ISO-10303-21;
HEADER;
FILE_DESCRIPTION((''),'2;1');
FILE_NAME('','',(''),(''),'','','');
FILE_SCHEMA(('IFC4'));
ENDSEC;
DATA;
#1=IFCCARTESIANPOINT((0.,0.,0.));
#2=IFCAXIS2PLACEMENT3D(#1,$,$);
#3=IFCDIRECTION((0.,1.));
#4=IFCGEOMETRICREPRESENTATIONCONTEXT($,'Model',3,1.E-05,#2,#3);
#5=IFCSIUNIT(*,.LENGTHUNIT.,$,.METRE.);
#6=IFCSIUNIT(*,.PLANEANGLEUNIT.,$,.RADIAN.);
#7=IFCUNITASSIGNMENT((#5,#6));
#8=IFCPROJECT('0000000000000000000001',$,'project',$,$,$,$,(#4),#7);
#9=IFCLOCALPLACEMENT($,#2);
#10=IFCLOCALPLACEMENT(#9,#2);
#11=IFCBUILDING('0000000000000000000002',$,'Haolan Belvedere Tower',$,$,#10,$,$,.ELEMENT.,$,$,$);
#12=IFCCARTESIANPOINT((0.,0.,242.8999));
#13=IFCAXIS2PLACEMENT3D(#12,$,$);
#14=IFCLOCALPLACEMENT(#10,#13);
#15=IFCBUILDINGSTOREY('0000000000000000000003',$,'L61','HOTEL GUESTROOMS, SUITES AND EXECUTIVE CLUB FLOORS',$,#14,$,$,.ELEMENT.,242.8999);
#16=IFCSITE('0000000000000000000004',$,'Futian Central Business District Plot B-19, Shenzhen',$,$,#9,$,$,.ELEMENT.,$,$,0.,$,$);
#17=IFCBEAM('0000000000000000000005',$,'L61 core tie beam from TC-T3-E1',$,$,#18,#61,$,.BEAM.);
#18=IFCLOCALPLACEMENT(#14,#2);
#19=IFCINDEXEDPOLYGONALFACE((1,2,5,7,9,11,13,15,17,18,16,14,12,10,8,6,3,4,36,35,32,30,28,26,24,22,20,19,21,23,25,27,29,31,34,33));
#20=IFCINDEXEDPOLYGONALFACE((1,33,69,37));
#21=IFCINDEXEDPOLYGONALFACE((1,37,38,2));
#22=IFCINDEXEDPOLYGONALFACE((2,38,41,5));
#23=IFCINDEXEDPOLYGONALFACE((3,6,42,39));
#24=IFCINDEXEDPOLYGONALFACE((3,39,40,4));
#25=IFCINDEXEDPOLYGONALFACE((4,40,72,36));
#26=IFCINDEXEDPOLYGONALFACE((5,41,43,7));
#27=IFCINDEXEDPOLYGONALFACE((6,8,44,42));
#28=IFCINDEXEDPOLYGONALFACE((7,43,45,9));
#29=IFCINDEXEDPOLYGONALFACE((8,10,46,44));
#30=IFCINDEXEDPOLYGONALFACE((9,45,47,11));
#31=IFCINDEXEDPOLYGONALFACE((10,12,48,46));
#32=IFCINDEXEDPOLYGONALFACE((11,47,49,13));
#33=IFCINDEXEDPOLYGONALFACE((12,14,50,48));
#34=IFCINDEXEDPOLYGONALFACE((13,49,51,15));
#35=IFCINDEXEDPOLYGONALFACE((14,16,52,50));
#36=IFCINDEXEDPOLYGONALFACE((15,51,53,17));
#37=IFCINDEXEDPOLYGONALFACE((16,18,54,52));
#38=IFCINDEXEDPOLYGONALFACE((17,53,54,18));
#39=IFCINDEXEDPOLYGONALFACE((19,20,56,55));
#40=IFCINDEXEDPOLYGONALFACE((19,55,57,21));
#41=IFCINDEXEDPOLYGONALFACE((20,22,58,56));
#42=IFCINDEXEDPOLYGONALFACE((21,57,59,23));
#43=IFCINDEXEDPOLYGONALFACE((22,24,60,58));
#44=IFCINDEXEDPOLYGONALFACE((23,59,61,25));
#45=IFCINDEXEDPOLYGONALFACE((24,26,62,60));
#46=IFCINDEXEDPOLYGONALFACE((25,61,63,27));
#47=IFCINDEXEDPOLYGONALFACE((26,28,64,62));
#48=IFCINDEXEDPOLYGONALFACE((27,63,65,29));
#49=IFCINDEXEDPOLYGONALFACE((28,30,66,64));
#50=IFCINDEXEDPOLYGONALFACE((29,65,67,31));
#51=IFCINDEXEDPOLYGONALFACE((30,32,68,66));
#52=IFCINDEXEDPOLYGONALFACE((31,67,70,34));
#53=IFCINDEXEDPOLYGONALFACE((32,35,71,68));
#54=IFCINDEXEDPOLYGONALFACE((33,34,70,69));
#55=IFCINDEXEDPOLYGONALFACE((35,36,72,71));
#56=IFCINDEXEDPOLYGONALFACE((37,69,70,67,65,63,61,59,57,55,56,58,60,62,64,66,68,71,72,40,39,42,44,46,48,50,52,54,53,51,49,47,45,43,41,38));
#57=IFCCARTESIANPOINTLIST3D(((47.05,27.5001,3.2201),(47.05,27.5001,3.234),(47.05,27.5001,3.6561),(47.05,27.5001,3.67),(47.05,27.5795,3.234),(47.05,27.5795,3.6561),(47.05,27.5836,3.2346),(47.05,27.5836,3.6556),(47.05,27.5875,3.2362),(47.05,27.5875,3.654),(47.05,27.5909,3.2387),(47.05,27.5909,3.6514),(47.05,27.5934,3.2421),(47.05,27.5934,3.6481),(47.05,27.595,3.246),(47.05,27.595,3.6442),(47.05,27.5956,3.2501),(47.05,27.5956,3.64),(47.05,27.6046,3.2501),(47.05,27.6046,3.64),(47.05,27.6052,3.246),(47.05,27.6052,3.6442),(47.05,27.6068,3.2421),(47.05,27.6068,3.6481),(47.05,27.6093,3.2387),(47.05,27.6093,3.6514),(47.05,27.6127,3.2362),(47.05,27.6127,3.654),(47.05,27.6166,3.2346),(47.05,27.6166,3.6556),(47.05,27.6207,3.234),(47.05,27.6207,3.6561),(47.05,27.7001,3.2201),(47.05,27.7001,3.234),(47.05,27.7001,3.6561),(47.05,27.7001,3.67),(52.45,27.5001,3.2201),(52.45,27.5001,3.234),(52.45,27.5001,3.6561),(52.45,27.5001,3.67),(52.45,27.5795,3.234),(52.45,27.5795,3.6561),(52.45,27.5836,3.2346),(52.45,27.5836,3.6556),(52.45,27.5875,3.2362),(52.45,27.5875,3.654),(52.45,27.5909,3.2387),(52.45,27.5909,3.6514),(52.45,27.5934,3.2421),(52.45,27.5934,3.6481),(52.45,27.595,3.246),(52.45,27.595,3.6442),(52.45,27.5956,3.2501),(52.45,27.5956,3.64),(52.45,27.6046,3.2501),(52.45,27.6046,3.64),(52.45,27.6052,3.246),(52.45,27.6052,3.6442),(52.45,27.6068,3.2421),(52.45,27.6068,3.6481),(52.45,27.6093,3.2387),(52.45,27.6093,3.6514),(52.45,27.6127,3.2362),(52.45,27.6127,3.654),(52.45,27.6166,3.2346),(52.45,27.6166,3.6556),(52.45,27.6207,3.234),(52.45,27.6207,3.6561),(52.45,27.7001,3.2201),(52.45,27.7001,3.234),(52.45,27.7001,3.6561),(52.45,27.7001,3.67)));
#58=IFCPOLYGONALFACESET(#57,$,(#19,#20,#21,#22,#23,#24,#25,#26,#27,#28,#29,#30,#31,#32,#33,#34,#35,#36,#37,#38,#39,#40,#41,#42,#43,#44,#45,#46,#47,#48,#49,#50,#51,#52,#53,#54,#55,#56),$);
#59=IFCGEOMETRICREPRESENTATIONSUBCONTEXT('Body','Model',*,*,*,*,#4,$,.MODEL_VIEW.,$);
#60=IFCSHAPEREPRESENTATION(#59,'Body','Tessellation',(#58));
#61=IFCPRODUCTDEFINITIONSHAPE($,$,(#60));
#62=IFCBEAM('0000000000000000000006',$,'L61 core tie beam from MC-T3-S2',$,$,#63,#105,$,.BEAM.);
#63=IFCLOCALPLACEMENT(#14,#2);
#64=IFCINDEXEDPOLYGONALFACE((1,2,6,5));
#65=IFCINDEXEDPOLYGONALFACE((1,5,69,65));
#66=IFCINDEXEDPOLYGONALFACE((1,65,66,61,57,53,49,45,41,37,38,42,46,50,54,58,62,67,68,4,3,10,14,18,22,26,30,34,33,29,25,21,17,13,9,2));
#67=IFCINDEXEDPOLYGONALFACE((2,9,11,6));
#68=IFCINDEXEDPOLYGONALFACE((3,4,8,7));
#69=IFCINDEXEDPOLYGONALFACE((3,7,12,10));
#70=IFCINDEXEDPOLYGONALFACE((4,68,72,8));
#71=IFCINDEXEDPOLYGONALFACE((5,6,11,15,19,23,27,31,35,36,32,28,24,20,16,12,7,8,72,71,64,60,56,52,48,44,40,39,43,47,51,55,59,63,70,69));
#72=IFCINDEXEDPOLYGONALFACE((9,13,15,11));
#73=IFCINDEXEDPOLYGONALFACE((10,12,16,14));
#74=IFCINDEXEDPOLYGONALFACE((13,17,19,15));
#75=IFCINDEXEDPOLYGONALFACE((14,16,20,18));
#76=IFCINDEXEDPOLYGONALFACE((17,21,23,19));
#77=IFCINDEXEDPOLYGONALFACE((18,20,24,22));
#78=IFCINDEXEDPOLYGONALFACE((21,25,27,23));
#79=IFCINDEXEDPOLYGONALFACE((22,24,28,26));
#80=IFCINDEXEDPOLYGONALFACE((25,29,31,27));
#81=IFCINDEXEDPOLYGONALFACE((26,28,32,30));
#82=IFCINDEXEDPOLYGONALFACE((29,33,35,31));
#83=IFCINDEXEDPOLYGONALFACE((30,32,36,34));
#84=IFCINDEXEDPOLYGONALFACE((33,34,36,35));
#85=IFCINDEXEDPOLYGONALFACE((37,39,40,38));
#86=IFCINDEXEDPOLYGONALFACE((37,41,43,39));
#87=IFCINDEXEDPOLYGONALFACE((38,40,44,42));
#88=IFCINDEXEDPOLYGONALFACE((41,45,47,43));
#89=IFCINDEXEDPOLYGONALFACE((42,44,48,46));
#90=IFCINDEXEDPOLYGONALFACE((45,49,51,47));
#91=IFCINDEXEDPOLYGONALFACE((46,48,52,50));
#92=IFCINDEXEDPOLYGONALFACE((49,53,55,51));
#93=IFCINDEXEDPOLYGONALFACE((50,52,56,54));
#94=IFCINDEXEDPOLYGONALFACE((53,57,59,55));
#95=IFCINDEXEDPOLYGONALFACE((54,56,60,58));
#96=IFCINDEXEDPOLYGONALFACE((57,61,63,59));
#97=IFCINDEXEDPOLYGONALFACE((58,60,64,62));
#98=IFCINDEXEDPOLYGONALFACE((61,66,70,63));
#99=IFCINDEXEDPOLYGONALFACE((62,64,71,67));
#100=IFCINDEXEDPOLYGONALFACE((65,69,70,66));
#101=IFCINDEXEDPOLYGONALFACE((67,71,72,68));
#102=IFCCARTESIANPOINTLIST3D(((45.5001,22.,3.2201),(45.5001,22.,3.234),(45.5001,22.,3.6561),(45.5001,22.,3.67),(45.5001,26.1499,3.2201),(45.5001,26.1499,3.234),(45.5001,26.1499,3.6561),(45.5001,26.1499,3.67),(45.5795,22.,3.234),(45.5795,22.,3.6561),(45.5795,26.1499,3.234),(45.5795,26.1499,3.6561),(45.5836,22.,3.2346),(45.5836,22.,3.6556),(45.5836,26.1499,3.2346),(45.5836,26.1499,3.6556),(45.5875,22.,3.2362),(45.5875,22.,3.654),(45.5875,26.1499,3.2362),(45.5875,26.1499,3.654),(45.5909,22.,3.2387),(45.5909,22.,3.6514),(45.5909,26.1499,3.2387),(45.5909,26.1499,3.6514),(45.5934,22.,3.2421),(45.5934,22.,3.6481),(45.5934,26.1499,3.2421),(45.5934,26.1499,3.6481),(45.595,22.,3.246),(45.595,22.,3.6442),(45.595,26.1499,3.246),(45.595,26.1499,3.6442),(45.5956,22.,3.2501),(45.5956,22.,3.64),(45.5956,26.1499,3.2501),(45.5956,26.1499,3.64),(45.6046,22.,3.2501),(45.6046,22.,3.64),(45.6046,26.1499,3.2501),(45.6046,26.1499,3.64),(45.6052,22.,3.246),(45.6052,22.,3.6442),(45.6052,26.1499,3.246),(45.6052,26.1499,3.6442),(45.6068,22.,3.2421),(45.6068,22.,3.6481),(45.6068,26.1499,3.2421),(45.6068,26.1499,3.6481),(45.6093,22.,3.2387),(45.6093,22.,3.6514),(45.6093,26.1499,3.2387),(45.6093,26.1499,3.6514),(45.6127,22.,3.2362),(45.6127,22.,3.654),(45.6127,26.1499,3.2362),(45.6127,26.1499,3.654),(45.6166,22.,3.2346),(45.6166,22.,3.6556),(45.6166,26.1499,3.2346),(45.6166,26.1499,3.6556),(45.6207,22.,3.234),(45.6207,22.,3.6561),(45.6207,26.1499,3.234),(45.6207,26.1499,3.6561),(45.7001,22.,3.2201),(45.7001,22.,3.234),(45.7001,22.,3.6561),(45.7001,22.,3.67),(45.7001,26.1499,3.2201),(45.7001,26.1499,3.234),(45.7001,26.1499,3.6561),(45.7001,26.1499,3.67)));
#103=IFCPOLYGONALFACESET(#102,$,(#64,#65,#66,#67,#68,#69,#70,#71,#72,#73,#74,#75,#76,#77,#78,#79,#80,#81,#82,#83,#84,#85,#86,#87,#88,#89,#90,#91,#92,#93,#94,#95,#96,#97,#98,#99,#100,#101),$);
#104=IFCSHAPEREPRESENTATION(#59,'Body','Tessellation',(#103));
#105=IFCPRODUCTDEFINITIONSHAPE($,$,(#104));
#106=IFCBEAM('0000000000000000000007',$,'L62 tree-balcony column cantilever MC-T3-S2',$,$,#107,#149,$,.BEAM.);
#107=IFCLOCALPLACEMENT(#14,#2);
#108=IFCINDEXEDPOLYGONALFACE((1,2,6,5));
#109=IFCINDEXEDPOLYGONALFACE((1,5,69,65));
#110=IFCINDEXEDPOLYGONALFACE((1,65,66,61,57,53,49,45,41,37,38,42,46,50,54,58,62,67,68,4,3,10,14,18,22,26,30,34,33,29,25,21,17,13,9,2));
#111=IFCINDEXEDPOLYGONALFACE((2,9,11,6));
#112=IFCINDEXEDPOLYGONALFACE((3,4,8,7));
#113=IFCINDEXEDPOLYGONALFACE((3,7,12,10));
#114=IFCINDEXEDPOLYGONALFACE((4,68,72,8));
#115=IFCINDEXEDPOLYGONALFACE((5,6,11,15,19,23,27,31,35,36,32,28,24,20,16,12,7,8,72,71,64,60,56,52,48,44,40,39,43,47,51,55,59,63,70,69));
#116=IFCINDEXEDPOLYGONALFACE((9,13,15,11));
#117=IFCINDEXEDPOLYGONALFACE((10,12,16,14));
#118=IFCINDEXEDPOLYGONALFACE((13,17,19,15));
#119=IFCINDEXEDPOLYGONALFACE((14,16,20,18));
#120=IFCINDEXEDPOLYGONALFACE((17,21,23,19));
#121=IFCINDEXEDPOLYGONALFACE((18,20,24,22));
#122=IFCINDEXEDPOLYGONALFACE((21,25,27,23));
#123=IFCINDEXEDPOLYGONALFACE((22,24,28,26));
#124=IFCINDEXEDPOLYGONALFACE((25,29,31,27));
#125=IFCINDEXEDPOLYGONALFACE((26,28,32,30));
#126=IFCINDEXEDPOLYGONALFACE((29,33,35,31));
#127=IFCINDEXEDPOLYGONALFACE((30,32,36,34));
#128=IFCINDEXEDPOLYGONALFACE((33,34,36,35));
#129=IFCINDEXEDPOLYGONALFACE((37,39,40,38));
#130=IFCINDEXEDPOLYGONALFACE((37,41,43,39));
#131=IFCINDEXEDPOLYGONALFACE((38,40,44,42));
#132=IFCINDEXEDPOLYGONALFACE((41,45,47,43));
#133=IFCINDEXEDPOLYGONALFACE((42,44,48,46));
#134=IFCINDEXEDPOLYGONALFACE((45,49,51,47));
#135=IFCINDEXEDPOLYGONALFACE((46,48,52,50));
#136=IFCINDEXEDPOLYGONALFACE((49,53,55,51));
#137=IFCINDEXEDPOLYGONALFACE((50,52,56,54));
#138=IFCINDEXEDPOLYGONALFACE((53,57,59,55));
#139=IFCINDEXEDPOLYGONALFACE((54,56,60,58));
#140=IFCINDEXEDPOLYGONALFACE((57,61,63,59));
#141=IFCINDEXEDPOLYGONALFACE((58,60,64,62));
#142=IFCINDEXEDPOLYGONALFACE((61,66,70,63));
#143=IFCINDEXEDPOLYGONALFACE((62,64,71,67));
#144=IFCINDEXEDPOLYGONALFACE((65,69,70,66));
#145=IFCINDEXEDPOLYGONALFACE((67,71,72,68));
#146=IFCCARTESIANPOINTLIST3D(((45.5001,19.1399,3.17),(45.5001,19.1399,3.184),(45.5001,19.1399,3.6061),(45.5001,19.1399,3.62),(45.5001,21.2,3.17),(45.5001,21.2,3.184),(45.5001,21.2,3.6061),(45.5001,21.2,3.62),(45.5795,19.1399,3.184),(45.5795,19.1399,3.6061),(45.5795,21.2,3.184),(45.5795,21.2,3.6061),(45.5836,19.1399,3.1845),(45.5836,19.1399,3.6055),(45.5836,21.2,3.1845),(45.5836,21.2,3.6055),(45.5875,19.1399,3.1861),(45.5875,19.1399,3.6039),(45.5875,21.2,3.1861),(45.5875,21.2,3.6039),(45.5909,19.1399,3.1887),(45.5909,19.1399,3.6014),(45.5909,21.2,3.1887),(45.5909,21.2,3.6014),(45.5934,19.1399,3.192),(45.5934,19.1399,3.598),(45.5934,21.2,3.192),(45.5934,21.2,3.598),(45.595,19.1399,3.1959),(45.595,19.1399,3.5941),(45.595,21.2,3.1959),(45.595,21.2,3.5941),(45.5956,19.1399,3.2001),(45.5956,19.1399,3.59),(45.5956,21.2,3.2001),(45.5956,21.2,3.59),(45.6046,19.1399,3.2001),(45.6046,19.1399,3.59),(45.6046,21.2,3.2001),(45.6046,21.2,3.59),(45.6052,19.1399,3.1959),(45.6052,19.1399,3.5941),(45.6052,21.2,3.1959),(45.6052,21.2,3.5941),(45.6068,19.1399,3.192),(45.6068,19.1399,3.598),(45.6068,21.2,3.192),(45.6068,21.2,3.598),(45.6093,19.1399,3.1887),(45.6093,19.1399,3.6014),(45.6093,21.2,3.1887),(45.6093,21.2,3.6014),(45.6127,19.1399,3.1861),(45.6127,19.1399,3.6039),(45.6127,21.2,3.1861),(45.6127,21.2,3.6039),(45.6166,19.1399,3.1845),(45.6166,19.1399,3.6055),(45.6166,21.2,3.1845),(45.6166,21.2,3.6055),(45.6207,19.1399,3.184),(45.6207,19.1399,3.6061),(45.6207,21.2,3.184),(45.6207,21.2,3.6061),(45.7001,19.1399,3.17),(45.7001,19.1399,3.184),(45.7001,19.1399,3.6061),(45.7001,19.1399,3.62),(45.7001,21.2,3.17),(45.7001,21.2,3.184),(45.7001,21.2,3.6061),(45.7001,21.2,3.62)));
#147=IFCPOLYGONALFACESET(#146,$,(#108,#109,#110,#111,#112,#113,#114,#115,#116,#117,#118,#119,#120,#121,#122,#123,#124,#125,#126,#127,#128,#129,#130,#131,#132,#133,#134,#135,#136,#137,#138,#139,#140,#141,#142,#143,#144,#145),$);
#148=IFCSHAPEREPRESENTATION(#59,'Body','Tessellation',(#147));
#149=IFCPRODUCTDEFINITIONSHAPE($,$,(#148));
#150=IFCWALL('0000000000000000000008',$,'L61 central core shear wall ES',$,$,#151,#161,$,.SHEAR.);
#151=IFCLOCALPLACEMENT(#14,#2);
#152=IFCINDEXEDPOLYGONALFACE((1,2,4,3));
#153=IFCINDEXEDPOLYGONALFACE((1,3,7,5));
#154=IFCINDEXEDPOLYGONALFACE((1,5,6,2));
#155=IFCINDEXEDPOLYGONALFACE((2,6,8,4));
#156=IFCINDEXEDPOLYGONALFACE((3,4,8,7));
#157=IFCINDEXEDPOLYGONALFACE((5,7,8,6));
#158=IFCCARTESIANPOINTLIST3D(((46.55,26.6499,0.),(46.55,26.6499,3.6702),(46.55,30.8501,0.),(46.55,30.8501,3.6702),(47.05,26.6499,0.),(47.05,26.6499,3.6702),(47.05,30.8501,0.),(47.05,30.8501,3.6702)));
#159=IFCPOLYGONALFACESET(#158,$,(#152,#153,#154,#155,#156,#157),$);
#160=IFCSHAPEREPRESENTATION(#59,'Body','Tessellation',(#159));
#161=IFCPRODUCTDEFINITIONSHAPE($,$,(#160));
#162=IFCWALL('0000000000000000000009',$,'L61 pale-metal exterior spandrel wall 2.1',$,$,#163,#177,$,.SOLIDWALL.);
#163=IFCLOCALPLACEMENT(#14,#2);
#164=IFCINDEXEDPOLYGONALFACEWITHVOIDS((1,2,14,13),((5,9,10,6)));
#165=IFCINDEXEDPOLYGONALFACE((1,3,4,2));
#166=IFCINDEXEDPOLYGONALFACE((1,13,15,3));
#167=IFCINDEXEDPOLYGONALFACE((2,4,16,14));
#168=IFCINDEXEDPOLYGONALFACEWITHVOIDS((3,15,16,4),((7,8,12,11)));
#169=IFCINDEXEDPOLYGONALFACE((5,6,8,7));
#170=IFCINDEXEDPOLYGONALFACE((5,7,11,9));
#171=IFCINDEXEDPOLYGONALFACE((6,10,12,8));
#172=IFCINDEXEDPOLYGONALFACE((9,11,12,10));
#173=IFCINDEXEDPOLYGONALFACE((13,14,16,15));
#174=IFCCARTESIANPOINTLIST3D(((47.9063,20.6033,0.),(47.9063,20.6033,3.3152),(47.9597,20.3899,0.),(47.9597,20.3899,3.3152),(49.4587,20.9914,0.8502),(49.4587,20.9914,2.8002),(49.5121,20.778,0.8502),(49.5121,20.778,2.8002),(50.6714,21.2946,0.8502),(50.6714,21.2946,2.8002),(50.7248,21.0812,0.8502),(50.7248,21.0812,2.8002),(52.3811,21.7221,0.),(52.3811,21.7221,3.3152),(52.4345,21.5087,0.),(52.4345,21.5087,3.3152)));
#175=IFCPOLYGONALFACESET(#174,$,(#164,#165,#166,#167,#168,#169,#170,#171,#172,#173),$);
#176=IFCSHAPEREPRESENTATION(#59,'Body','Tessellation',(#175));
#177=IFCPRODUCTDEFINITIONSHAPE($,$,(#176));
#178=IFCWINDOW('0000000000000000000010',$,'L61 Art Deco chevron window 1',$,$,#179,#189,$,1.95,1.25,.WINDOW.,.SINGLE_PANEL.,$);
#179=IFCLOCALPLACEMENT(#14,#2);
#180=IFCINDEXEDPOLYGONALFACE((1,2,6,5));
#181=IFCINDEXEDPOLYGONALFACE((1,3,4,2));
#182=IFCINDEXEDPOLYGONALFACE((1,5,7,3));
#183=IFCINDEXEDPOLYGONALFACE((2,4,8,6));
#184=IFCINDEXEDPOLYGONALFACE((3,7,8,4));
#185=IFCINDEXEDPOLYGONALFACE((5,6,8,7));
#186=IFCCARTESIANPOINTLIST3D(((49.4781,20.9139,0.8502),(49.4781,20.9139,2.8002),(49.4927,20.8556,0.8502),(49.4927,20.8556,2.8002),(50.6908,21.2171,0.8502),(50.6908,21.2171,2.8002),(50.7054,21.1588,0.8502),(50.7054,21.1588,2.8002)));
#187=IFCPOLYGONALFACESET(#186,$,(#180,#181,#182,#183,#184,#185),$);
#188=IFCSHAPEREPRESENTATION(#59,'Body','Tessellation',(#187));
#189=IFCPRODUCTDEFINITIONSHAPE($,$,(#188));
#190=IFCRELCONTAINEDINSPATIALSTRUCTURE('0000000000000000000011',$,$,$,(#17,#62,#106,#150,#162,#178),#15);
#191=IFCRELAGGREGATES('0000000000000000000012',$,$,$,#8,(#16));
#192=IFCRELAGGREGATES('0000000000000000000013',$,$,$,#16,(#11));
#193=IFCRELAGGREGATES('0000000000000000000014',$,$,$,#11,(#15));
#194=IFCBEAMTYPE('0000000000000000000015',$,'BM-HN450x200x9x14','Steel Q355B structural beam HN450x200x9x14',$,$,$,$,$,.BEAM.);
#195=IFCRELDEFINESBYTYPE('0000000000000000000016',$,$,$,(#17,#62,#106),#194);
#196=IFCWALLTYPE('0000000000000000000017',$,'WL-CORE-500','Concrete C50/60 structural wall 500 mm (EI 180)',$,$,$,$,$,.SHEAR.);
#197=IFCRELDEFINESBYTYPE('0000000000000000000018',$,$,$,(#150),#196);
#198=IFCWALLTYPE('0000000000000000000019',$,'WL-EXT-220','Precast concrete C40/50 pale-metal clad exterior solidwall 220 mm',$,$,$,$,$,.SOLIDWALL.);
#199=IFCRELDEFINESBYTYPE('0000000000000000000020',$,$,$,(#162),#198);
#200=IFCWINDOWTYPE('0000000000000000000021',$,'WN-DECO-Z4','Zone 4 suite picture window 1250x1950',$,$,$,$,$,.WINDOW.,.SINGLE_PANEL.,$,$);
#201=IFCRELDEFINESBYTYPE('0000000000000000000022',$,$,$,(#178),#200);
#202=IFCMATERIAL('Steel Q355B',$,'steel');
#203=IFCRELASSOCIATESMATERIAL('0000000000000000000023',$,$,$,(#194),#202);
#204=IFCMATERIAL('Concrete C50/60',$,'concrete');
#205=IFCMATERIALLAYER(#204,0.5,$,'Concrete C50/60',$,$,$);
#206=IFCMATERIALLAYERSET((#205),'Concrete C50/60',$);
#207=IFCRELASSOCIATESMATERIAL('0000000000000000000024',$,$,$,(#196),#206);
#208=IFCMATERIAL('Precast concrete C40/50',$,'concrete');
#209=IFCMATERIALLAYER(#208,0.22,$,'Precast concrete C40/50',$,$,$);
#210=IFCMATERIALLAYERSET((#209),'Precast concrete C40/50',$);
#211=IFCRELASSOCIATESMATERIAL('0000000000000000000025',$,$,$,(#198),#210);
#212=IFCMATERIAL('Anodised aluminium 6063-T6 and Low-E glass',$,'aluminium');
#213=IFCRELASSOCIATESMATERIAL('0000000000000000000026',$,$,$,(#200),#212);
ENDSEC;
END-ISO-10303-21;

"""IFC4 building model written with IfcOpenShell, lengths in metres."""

from ifc_helpers import new_model, si_unit, direction, frame, frame_2d, origin, origin_2d, place, context, subcontext, project, spatial, rectangle, i_section, extrude, material, layer, layer_set, material_profile, profile_set, type_object, element, fill, save


model = new_model("IFC4")

# Units and contexts
model_context = context("Model", 3, precision=1e-05, world=origin(), true_north=direction((0.0, 1.0)))
body_context = subcontext(model_context, "Body", "Model", "MODEL_VIEW")
ifc_project = project(units=[si_unit("LENGTHUNIT", "METRE"), si_unit("PLANEANGLEUNIT", "RADIAN")], contexts=[model_context])

# Site, building, storey
site_placement = place(None, origin())
site = spatial("IfcSite", under=ifc_project, at=site_placement, Name="Futian Central Business District Plot B-19, Shenzhen", CompositionType="ELEMENT", RefElevation=0.0)
building_placement = place(site_placement, origin())
building = spatial("IfcBuilding", under=site, at=building_placement, Name="Haolan Belvedere Tower", CompositionType="ELEMENT")
storey_placement = place(building_placement, frame((0.0, 0.0, 242.8999)))
storey = spatial("IfcBuildingStorey", under=building, at=storey_placement, Name="L61", Description="HOTEL GUESTROOMS, SUITES AND EXECUTIVE CLUB FLOORS", CompositionType="ELEMENT", Elevation=242.8999)

# Beams
ifc_material_1 = material(Name="Steel Q355B", Category="steel")
ifc_material_profile_1 = material_profile(ifc_material_1, i_section(OverallWidth=0.2, OverallDepth=0.45, WebThickness=0.009, FlangeThickness=0.0139, FilletRadius=0.0161, at=origin_2d()), Name="Steel Q355B")
ifc_profile_set_1 = profile_set([ifc_material_profile_1], Name="Steel Q355B")
beam_type_1 = type_object("IfcBeamType", Name="BM-HN450x200x9x14", Description="Steel Q355B structural beam HN450x200x9x14", PredefinedType="BEAM", material=ifc_profile_set_1)
beam_1_placement = place(storey_placement, frame((52.45, 27.6001, 3.4451), z_axis=(-1.0, 0.0, 0.0), x_axis=(0.0, -1.0, 0.0)))
element("IfcBeam", 1, at=beam_1_placement, inside=storey, type_object=beam_type_1, Name="L61 core tie beam from TC-T3-E1", PredefinedType="BEAM", context=body_context, shape_type="SweptSolid", body=[
    extrude(i_section(OverallWidth=0.2, OverallDepth=0.45, WebThickness=0.009, FlangeThickness=0.0139, FilletRadius=0.0161, at=origin_2d()), origin(), (0.0, 0.0, 1.0), 5.3999),
])
beam_2_placement = place(storey_placement, frame((45.6001, 22.0, 3.4451), z_axis=(0.0, 1.0, 0.0), x_axis=(-1.0, 0.0, 0.0)))
element("IfcBeam", 2, at=beam_2_placement, inside=storey, type_object=beam_type_1, Name="L61 core tie beam from MC-T3-S2", PredefinedType="BEAM", context=body_context, shape_type="SweptSolid", body=[
    extrude(i_section(OverallWidth=0.2, OverallDepth=0.45, WebThickness=0.009, FlangeThickness=0.0139, FilletRadius=0.0161, at=origin_2d()), origin(), (0.0, 0.0, 1.0), 4.1499),
])
beam_3_placement = place(storey_placement, frame((45.6001, 21.2, 3.395), z_axis=(0.0, -1.0, 0.0), x_axis=(1.0, 0.0, 0.0)))
element("IfcBeam", 3, at=beam_3_placement, inside=storey, type_object=beam_type_1, Name="L62 tree-balcony column cantilever MC-T3-S2", PredefinedType="BEAM", context=body_context, shape_type="SweptSolid", body=[
    extrude(i_section(OverallWidth=0.2, OverallDepth=0.45, WebThickness=0.009, FlangeThickness=0.0139, FilletRadius=0.0161, at=origin_2d()), origin(), (0.0, 0.0, 1.0), 2.0601),
])

# Wall
ifc_material_2 = material(Name="Concrete C50/60", Category="concrete")
ifc_layer_1 = layer(ifc_material_2, 0.5, Name="Concrete C50/60")
ifc_layer_set_1 = layer_set([ifc_layer_1], Name="Concrete C50/60")
wall_type_1 = type_object("IfcWallType", Name="WL-CORE-500", Description="Concrete C50/60 structural wall 500 mm (EI 180)", PredefinedType="SHEAR", material=ifc_layer_set_1)
wall_1_placement = place(storey_placement, frame((46.8, 26.6499, 0.0), z_axis=(0.0, 0.0, 1.0), x_axis=(0.0, 1.0, 0.0)))
element("IfcWall", 4, at=wall_1_placement, inside=storey, type_object=wall_type_1, Name="L61 central core shear wall ES", PredefinedType="SHEAR", context=body_context, shape_type="SweptSolid", body=[
    extrude(rectangle(XDim=4.2002, YDim=0.5, at=frame_2d((2.1001, 0.0))), origin(), (0.0, 0.0, 1.0), 3.6702),
])

# Wall, opening, window
ifc_material_3 = material(Name="Precast concrete C40/50", Category="concrete")
ifc_layer_2 = layer(ifc_material_3, 0.22, Name="Precast concrete C40/50")
ifc_layer_set_2 = layer_set([ifc_layer_2], Name="Precast concrete C40/50")
wall_type_2 = type_object("IfcWallType", Name="WL-EXT-220", Description="Precast concrete C40/50 pale-metal clad exterior solidwall 220 mm", PredefinedType="SOLIDWALL", material=ifc_layer_set_2)
wall_2_placement = place(storey_placement, frame((47.9331, 20.4966, 0.0), z_axis=(0.0, 0.0, 1.0), x_axis=(0.970133, 0.242573, 0.0)))
wall_2 = element("IfcWall", 5, at=wall_2_placement, inside=storey, type_object=wall_type_2, Name="L61 pale-metal exterior spandrel wall 2.1", PredefinedType="SOLIDWALL", context=body_context, shape_type="SweptSolid", body=[
    extrude(rectangle(XDim=4.6125, YDim=0.22, at=frame_2d((2.3062, 0.0))), origin(), (0.0, 0.0, 1.0), 3.3152),
])
opening_1_placement = place(wall_2_placement, frame((1.6001, 0.0, 0.8501)))
opening_1 = element("IfcOpeningElement", 6, at=opening_1_placement, cuts=wall_2, PredefinedType="OPENING", context=body_context, shape_type="SweptSolid", body=[
    extrude(rectangle(XDim=1.25, YDim=1.95, at=frame_2d((0.625, 0.9751))), frame((0.0, 0.1199, 0.0), z_axis=(0.0, -1.0, 0.0), x_axis=(1.0, 0.0, 0.0)), (0.0, 0.0, 1.0), 0.24),
])
ifc_material_4 = material(Name="Anodised aluminium 6063-T6 and Low-E glass", Category="aluminium")
window_type = type_object("IfcWindowType", Name="WN-DECO-Z4", Description="Zone 4 suite picture window 1250x1950", PartitioningType="SINGLE_PANEL", PredefinedType="WINDOW", material=ifc_material_4)
window_1_placement = place(opening_1_placement, origin())
window_1 = element("IfcWindow", 7, at=window_1_placement, inside=storey, type_object=window_type, Name="L61 Art Deco chevron window 1", OverallHeight=1.95, OverallWidth=1.25, PartitioningType="SINGLE_PANEL", PredefinedType="WINDOW", context=body_context, shape_type="SweptSolid", body=[
    extrude(rectangle(XDim=1.25, YDim=1.95, at=frame_2d((0.625, 0.9751))), frame((0.0, 0.03, 0.0), z_axis=(0.0, -1.0, 0.0), x_axis=(1.0, 0.0, 0.0)), (0.0, 0.0, 1.0), 0.0601),
])
fill(opening_1, window_1)

save(model, "model.ifc")
